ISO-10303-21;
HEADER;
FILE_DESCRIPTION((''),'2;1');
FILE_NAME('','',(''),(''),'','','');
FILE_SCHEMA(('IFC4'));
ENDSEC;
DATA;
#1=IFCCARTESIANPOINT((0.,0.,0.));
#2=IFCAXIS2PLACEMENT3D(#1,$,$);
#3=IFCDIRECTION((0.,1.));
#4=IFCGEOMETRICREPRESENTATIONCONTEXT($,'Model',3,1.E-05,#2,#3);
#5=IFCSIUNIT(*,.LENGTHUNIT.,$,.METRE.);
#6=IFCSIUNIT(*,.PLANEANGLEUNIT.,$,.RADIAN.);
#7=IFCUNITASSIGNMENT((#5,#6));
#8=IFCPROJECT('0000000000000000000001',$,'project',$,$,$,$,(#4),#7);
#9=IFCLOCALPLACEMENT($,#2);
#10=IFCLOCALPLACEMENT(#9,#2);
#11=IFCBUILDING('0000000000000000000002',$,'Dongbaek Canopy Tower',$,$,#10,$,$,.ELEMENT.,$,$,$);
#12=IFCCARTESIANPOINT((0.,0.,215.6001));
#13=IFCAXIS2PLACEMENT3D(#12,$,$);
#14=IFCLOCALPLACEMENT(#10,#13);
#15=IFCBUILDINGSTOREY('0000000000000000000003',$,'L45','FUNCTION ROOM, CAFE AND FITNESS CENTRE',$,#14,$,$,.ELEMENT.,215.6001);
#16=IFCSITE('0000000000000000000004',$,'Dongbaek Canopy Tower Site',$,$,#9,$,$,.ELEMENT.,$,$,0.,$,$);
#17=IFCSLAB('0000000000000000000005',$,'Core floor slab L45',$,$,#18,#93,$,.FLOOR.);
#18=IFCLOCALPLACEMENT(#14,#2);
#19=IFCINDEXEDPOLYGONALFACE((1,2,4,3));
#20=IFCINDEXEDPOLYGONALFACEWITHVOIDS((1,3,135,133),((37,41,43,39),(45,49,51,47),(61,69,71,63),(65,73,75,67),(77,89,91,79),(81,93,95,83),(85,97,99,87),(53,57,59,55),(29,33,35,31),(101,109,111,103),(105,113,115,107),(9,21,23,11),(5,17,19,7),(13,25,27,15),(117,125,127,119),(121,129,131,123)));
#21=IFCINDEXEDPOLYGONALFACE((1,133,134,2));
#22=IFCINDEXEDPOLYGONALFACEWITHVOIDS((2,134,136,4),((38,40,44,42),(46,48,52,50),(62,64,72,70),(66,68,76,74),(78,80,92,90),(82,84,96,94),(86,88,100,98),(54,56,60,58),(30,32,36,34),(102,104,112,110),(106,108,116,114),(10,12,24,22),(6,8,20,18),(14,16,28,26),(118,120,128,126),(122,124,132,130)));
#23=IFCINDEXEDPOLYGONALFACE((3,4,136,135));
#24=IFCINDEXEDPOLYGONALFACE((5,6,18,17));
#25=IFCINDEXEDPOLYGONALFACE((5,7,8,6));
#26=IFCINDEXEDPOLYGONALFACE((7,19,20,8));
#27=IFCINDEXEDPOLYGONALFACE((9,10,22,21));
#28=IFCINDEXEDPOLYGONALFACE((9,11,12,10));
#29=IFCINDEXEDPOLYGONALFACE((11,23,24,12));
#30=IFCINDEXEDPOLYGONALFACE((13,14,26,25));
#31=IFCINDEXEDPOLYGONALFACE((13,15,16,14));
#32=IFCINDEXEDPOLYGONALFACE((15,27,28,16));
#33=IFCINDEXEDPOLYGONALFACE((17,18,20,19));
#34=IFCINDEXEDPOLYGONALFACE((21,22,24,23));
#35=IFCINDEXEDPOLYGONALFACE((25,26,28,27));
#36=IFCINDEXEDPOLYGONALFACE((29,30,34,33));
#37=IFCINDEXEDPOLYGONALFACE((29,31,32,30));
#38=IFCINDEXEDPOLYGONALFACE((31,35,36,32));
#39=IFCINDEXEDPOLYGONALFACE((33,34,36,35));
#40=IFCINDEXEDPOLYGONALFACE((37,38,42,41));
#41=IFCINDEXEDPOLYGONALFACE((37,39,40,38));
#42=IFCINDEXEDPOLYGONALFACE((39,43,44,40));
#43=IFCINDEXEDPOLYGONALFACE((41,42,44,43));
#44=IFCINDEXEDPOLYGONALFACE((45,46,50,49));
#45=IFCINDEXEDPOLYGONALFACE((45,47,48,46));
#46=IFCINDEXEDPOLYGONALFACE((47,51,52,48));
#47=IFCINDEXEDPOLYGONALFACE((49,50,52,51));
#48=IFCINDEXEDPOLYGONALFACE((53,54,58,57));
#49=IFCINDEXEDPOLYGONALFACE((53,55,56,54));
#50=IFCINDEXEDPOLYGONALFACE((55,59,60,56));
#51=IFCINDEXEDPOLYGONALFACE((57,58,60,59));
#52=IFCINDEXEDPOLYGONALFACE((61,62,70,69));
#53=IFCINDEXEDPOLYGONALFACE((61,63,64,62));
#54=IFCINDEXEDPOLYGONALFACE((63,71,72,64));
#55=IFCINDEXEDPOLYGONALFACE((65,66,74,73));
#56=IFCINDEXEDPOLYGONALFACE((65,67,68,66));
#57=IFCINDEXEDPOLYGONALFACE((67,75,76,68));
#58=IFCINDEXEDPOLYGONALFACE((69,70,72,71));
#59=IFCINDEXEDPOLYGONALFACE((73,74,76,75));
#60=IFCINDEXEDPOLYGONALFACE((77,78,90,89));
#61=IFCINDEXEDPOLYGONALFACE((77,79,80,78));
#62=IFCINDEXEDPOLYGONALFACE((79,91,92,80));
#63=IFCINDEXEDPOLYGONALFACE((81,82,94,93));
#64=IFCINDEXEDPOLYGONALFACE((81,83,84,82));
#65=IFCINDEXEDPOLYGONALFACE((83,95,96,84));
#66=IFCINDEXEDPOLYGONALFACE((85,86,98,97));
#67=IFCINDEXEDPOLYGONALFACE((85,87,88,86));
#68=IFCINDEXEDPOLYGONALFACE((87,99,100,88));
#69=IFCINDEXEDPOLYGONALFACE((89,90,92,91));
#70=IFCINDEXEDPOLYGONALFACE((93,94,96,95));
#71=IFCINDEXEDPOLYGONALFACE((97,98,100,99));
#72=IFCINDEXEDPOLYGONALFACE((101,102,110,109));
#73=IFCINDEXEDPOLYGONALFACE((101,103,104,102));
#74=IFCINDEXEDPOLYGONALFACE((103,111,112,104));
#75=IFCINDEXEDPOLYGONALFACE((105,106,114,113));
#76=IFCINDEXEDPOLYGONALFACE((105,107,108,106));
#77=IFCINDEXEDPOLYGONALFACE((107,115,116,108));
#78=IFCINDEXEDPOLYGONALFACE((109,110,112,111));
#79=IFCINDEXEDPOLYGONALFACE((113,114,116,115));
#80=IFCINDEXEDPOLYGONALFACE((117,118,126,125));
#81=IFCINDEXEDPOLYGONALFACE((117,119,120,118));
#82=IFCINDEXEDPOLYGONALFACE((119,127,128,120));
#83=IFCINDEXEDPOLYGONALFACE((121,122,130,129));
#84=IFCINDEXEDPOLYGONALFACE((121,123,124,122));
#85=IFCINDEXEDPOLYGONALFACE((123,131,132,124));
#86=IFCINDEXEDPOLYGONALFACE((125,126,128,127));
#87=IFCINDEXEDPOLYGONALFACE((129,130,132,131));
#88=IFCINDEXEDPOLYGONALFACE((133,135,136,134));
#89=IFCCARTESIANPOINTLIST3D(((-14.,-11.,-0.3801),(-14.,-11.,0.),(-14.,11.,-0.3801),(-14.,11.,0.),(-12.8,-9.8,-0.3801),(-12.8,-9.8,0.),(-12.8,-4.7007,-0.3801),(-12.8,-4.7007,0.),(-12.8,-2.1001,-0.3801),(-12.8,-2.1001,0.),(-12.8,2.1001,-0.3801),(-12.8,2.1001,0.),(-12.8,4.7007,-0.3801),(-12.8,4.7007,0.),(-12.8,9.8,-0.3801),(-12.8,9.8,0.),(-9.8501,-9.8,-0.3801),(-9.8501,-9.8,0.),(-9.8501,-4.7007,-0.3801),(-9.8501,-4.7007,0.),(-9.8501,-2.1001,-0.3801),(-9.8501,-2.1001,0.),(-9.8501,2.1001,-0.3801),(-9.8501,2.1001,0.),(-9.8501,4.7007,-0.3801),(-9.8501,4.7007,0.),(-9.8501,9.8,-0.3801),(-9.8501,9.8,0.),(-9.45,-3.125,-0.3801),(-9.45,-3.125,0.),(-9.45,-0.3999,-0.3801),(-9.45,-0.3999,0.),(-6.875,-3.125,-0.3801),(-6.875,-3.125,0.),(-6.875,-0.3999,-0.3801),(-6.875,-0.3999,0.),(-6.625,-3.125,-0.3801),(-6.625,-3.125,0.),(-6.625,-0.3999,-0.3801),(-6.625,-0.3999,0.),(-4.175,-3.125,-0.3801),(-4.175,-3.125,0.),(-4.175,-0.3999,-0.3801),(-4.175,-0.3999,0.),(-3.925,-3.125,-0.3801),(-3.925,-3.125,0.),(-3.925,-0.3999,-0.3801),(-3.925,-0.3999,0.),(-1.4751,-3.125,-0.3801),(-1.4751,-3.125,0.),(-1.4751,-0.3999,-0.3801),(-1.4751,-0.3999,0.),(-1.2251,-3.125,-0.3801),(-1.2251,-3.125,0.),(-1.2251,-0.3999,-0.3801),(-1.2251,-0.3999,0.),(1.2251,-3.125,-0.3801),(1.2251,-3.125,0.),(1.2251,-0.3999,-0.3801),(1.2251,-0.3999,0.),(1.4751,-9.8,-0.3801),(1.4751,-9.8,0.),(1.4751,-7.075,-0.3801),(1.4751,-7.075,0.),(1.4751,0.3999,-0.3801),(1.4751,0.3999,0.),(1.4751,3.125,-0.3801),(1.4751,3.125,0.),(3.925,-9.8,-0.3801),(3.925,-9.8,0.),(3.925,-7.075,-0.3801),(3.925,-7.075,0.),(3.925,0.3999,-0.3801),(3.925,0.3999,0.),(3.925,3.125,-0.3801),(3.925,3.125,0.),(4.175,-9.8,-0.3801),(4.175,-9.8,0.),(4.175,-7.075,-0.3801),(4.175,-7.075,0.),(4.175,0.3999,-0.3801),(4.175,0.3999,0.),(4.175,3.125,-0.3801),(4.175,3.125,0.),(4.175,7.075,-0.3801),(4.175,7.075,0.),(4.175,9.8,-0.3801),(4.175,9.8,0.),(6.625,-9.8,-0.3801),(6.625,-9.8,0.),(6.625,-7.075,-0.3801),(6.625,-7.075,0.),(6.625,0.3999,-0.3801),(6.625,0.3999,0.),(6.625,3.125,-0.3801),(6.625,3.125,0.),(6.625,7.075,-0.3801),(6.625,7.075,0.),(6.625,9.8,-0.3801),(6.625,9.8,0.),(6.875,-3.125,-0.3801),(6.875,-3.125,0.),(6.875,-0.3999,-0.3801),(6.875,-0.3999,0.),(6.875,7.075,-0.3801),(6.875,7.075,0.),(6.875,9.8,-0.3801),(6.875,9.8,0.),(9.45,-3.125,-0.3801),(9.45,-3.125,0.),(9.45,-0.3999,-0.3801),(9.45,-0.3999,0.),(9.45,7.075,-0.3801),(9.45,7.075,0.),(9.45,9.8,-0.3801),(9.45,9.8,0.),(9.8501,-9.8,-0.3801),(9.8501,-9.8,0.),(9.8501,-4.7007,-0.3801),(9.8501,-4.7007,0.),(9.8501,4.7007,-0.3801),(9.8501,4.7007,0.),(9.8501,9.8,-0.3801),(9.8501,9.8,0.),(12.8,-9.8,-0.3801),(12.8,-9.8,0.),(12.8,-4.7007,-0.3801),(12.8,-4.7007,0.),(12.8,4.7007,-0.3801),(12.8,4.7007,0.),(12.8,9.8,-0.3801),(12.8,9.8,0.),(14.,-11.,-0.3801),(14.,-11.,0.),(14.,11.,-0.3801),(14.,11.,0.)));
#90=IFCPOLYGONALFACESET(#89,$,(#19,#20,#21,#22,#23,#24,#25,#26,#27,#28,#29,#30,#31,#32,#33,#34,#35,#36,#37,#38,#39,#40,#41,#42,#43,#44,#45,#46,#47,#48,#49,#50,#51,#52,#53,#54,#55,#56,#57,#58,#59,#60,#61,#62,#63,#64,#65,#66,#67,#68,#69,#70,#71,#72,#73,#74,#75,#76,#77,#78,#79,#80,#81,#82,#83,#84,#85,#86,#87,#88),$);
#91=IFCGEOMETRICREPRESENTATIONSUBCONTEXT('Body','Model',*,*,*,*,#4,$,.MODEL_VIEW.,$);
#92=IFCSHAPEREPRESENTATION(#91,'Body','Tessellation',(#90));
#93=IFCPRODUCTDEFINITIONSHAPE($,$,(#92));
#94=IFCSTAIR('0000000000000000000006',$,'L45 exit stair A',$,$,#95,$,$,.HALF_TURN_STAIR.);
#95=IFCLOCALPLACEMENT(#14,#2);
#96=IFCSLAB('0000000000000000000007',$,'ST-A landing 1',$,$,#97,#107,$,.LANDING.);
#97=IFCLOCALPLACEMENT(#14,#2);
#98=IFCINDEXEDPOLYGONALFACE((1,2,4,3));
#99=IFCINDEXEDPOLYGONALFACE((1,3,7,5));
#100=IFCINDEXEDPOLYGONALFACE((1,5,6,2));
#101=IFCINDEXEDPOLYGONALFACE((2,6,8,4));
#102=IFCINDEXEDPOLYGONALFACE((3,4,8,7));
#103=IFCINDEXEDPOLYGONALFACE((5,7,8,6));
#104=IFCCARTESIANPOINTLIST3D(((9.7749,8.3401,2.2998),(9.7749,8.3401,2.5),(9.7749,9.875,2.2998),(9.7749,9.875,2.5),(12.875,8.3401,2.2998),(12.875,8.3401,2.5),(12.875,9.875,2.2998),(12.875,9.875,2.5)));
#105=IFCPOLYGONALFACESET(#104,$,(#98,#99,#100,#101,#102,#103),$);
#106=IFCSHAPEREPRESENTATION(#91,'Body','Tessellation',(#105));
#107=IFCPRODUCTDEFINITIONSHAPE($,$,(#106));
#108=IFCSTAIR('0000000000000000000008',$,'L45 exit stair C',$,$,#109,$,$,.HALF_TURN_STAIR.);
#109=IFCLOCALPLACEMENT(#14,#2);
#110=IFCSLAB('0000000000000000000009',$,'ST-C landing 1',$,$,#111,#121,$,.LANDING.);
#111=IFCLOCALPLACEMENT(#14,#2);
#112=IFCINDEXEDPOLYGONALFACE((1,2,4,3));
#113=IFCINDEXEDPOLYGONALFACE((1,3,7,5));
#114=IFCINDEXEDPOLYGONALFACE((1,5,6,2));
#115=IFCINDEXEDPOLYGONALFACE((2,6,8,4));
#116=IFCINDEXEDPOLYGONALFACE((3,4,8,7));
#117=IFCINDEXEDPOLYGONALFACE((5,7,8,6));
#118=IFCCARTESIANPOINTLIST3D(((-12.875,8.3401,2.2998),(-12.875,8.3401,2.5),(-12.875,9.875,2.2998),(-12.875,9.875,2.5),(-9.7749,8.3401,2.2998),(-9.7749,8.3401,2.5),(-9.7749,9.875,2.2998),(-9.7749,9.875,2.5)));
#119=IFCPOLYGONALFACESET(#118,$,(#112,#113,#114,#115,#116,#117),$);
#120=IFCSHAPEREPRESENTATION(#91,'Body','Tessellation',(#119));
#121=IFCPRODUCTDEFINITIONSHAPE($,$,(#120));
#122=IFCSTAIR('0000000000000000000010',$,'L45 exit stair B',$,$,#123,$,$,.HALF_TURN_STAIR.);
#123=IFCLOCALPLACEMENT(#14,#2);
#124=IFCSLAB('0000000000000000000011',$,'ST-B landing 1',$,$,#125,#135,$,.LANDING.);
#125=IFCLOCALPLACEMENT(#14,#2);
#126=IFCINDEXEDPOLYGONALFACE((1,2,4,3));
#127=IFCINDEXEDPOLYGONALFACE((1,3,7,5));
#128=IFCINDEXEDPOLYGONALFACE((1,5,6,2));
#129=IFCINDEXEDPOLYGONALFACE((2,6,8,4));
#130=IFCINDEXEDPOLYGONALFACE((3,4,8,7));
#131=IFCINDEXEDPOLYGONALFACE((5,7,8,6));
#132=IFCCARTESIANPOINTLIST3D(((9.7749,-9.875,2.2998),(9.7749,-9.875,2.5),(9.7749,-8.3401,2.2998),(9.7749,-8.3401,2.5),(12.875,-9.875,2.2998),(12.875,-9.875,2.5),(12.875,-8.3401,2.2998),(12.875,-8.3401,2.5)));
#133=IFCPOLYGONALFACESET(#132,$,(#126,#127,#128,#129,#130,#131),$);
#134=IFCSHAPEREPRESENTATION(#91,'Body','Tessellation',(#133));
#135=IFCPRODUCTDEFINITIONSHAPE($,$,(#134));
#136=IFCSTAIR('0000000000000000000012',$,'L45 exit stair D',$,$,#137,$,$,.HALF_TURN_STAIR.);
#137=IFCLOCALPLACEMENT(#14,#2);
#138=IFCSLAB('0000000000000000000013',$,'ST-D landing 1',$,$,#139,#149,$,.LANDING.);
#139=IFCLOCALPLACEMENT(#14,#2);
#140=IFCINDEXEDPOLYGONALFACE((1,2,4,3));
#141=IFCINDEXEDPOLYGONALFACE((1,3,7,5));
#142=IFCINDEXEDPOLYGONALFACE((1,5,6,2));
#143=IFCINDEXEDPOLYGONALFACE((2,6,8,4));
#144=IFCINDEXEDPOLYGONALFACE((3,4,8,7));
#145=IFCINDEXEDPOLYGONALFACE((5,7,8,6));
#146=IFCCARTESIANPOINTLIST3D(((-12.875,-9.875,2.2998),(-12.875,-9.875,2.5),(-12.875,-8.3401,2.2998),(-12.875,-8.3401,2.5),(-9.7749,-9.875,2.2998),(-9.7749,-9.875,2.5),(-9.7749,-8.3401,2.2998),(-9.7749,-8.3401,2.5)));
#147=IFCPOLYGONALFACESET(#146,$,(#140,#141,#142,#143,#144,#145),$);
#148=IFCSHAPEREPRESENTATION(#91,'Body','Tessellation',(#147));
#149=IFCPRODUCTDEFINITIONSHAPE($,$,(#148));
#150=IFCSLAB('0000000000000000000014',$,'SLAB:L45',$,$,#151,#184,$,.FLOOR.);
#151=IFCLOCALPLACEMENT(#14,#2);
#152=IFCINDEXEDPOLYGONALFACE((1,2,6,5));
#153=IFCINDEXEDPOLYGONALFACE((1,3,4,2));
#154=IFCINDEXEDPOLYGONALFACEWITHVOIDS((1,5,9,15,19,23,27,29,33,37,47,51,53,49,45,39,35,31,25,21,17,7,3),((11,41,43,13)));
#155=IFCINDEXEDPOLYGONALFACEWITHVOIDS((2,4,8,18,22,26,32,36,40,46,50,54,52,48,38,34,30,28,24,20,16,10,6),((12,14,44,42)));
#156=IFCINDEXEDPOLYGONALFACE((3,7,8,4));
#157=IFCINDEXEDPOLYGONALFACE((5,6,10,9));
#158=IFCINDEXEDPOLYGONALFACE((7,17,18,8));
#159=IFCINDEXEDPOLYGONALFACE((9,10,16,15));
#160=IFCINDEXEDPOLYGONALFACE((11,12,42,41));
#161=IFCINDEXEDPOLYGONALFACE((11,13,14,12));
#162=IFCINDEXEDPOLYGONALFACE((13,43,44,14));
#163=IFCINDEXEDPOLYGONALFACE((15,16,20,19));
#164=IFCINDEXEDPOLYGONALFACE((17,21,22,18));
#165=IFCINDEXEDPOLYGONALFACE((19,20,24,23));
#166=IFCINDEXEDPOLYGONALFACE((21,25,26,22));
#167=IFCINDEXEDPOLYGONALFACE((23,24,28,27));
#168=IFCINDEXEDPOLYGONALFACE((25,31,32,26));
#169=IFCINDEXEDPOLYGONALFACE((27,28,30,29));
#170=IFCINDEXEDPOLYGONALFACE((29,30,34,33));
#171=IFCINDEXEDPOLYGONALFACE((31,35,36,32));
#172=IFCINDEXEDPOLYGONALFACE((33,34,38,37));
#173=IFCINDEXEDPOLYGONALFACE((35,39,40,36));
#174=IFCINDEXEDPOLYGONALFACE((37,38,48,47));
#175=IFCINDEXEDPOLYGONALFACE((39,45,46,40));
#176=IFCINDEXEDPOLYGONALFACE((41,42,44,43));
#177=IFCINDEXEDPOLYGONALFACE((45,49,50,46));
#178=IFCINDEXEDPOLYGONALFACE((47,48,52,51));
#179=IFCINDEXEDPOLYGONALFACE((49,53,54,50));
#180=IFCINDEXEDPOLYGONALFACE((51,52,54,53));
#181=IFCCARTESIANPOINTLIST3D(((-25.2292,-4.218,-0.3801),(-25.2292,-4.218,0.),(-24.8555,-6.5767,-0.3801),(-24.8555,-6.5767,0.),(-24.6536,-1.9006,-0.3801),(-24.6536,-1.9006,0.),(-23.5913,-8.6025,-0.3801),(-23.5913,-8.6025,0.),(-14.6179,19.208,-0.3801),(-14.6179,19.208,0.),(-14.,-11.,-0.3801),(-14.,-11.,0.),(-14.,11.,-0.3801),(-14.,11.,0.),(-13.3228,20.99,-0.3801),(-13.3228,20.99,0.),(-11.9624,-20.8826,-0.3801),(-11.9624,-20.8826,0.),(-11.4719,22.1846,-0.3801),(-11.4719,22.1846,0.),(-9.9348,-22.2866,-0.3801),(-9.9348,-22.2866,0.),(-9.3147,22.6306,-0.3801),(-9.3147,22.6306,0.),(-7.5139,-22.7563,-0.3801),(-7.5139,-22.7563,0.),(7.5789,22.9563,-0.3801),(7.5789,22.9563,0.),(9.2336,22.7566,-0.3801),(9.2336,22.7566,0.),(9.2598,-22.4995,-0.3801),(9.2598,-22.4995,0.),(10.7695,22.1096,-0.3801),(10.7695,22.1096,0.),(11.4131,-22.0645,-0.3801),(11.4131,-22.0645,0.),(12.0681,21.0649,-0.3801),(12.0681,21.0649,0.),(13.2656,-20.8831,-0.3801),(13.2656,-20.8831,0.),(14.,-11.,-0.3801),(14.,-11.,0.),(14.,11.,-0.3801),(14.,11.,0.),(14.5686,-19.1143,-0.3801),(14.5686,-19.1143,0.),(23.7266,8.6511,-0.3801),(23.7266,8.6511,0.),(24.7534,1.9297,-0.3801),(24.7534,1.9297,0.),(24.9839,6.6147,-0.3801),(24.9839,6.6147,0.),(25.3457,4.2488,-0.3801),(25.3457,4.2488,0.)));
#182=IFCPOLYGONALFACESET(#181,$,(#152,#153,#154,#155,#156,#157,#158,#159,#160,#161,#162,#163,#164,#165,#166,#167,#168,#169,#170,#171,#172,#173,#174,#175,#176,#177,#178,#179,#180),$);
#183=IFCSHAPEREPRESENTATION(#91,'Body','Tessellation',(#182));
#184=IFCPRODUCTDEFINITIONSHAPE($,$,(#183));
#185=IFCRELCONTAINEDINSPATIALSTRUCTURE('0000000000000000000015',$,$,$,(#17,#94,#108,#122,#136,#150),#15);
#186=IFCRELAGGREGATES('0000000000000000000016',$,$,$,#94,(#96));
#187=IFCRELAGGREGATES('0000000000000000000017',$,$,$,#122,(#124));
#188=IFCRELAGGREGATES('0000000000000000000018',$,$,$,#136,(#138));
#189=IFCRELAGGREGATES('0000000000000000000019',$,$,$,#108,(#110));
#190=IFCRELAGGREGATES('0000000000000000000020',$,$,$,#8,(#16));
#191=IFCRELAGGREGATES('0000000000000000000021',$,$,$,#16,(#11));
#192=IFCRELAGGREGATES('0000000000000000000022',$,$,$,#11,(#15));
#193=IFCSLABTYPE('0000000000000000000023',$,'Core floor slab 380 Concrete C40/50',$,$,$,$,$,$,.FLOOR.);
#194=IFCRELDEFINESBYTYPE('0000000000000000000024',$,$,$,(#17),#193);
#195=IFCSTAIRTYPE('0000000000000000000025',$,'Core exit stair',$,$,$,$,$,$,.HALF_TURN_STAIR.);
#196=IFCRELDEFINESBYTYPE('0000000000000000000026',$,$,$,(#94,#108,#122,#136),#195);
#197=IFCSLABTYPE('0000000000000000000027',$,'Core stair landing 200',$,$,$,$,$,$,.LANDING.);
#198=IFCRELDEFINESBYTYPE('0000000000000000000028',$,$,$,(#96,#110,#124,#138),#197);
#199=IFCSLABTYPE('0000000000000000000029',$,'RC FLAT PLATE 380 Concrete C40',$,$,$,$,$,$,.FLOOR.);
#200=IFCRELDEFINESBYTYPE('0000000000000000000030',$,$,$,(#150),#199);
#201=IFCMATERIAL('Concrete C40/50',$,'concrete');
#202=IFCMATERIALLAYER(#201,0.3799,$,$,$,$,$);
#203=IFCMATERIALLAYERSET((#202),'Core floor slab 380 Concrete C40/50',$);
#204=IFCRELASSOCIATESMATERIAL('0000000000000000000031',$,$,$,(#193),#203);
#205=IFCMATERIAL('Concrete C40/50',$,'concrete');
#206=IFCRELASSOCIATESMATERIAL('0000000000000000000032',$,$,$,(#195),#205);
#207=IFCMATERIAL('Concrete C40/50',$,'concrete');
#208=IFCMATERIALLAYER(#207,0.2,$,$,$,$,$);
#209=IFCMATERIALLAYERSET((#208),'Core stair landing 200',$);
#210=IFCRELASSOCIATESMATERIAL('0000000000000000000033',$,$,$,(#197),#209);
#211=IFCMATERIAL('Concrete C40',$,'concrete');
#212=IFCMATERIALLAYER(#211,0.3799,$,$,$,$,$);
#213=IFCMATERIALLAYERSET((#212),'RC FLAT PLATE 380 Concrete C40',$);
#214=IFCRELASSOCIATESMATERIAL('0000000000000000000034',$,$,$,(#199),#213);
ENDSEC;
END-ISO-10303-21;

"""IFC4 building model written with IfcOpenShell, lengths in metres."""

from ifc_helpers import new_model, si_unit, direction, frame, origin, place, context, subcontext, project, spatial, polyline, outline, extrude, material, layer, layer_set, type_object, element, aggregate, save


model = new_model("IFC4")

# Units and contexts
model_context = context("Model", 3, precision=1e-05, world=origin(), true_north=direction((0.0, 1.0)))
body_context = subcontext(model_context, "Body", "Model", "MODEL_VIEW")
ifc_project = project(units=[si_unit("LENGTHUNIT", "METRE"), si_unit("PLANEANGLEUNIT", "RADIAN")], contexts=[model_context])

# Site, building, storey
site_placement = place(None, origin())
site = spatial("IfcSite", under=ifc_project, at=site_placement, Name="Dongbaek Canopy Tower Site", CompositionType="ELEMENT", RefElevation=0.0)
building_placement = place(site_placement, origin())
building = spatial("IfcBuilding", under=site, at=building_placement, Name="Dongbaek Canopy Tower", CompositionType="ELEMENT")
storey_placement = place(building_placement, frame((0.0, 0.0, 215.6001)))
storey = spatial("IfcBuildingStorey", under=building, at=storey_placement, Name="L45", Description="FUNCTION ROOM, CAFE AND FITNESS CENTRE", CompositionType="ELEMENT", Elevation=215.6001)

# Slab
ifc_material_1 = material(Name="Concrete C40/50", Category="concrete")
ifc_layer_1 = layer(ifc_material_1, 0.3799)
ifc_layer_set_1 = layer_set([ifc_layer_1], Name="Core floor slab 380 Concrete C40/50")
slab_type_1 = type_object("IfcSlabType", Name="Core floor slab 380 Concrete C40/50", PredefinedType="FLOOR", material=ifc_layer_set_1)
slab_1_placement = place(storey_placement, frame((0.0, 0.0, -0.3801)))
element("IfcSlab", 1, at=slab_1_placement, inside=storey, type_object=slab_type_1, Name="Core floor slab L45", PredefinedType="FLOOR", context=body_context, shape_type="SweptSolid", body=[
    extrude(outline(polyline([(14.0, -11.0), (14.0, 11.0), (-14.0, 11.0), (-14.0, -11.0), (14.0, -11.0)]), holes=[polyline([(-12.8, 2.1001), (-9.8501, 2.1001), (-9.8501, -2.1001), (-12.8, -2.1001), (-12.8, 2.1001)]), polyline([(6.625, 9.8), (6.625, 7.075), (4.175, 7.075), (4.175, 9.8), (6.625, 9.8)]), polyline([(9.45, 7.075), (6.875, 7.075), (6.875, 9.8), (9.45, 9.8), (9.45, 7.075)]), polyline([(1.4751, 0.3999), (1.4751, 3.125), (3.925, 3.125), (3.925, 0.3999), (1.4751, 0.3999)]), polyline([(4.175, 0.3999), (4.175, 3.125), (6.625, 3.125), (6.625, 0.3999), (4.175, 0.3999)]), polyline([(-9.45, -0.3999), (-6.875, -0.3999), (-6.875, -3.125), (-9.45, -3.125), (-9.45, -0.3999)]), polyline([(-6.625, -3.125), (-6.625, -0.3999), (-4.175, -0.3999), (-4.175, -3.125), (-6.625, -3.125)]), polyline([(-3.925, -3.125), (-3.925, -0.3999), (-1.4751, -0.3999), (-1.4751, -3.125), (-3.925, -3.125)]), polyline([(-1.2251, -3.125), (-1.2251, -0.3999), (1.2251, -0.3999), (1.2251, -3.125), (-1.2251, -3.125)]), polyline([(9.45, -3.125), (6.875, -3.125), (6.875, -0.3999), (9.45, -0.3999), (9.45, -3.125)]), polyline([(1.4751, -9.8), (1.4751, -7.075), (3.925, -7.075), (3.925, -9.8), (1.4751, -9.8)]), polyline([(4.175, -9.8), (4.175, -7.075), (6.625, -7.075), (6.625, -9.8), (4.175, -9.8)]), polyline([(12.8, 4.7007), (12.8, 9.8), (9.8501, 9.8), (9.8501, 4.7007), (12.8, 4.7007)]), polyline([(-9.8501, 4.7007), (-9.8501, 9.8), (-12.8, 9.8), (-12.8, 4.7007), (-9.8501, 4.7007)]), polyline([(9.8501, -4.7007), (9.8501, -9.8), (12.8, -9.8), (12.8, -4.7007), (9.8501, -4.7007)]), polyline([(-12.8, -4.7007), (-12.8, -9.8), (-9.8501, -9.8), (-9.8501, -4.7007), (-12.8, -4.7007)])]), origin(), (0.0, 0.0, 1.0), 0.3801),
])

# Stairs, slabs
ifc_material_2 = material(Name="Concrete C40/50", Category="concrete")
stair_type = type_object("IfcStairType", Name="Core exit stair", PredefinedType="HALF_TURN_STAIR", material=ifc_material_2)
stair_1_placement = place(storey_placement, origin())
stair_1 = element("IfcStair", 2, at=stair_1_placement, inside=storey, type_object=stair_type, Name="L45 exit stair A", PredefinedType="HALF_TURN_STAIR")
ifc_material_3 = material(Name="Concrete C40/50", Category="concrete")
ifc_layer_2 = layer(ifc_material_3, 0.2)
ifc_layer_set_2 = layer_set([ifc_layer_2], Name="Core stair landing 200")
slab_type_2 = type_object("IfcSlabType", Name="Core stair landing 200", PredefinedType="LANDING", material=ifc_layer_set_2)
slab_2_placement = place(storey_placement, frame((0.0, 0.0, 2.2998)))
slab_2 = element("IfcSlab", 3, at=slab_2_placement, type_object=slab_type_2, Name="ST-A landing 1", PredefinedType="LANDING", context=body_context, shape_type="SweptSolid", body=[
    extrude(outline(polyline([(12.875, 8.3401), (12.875, 9.875), (9.7749, 9.875), (9.7749, 8.3401), (12.875, 8.3401)])), origin(), (0.0, 0.0, 1.0), 0.2002),
])
aggregate(stair_1, [slab_2])
stair_2_placement = place(storey_placement, origin())
stair_2 = element("IfcStair", 4, at=stair_2_placement, inside=storey, type_object=stair_type, Name="L45 exit stair C", PredefinedType="HALF_TURN_STAIR")
slab_3_placement = place(storey_placement, frame((0.0, 0.0, 2.2998)))
slab_3 = element("IfcSlab", 5, at=slab_3_placement, type_object=slab_type_2, Name="ST-C landing 1", PredefinedType="LANDING", context=body_context, shape_type="SweptSolid", body=[
    extrude(outline(polyline([(-9.7749, 8.3401), (-9.7749, 9.875), (-12.875, 9.875), (-12.875, 8.3401), (-9.7749, 8.3401)])), origin(), (0.0, 0.0, 1.0), 0.2002),
])
stair_3_placement = place(storey_placement, origin())
stair_3 = element("IfcStair", 6, at=stair_3_placement, inside=storey, type_object=stair_type, Name="L45 exit stair B", PredefinedType="HALF_TURN_STAIR")
slab_4_placement = place(storey_placement, frame((0.0, 0.0, 2.2998)))
slab_4 = element("IfcSlab", 7, at=slab_4_placement, type_object=slab_type_2, Name="ST-B landing 1", PredefinedType="LANDING", context=body_context, shape_type="SweptSolid", body=[
    extrude(outline(polyline([(9.7749, -8.3401), (9.7749, -9.875), (12.875, -9.875), (12.875, -8.3401), (9.7749, -8.3401)])), origin(), (0.0, 0.0, 1.0), 0.2002),
])
aggregate(stair_3, [slab_4])
stair_4_placement = place(storey_placement, origin())
stair_4 = element("IfcStair", 8, at=stair_4_placement, inside=storey, type_object=stair_type, Name="L45 exit stair D", PredefinedType="HALF_TURN_STAIR")
slab_5_placement = place(storey_placement, frame((0.0, 0.0, 2.2998)))
slab_5 = element("IfcSlab", 9, at=slab_5_placement, type_object=slab_type_2, Name="ST-D landing 1", PredefinedType="LANDING", context=body_context, shape_type="SweptSolid", body=[
    extrude(outline(polyline([(-12.875, -8.3401), (-12.875, -9.875), (-9.7749, -9.875), (-9.7749, -8.3401), (-12.875, -8.3401)])), origin(), (0.0, 0.0, 1.0), 0.2002),
])
aggregate(stair_4, [slab_5])

# Slab
ifc_material_4 = material(Name="Concrete C40", Category="concrete")
ifc_layer_3 = layer(ifc_material_4, 0.3799)
ifc_layer_set_3 = layer_set([ifc_layer_3], Name="RC FLAT PLATE 380 Concrete C40")
slab_type_3 = type_object("IfcSlabType", Name="RC FLAT PLATE 380 Concrete C40", PredefinedType="FLOOR", material=ifc_layer_set_3)
slab_6_placement = place(storey_placement, frame((0.0, 0.0, -0.3801)))
element("IfcSlab", 10, at=slab_6_placement, inside=storey, type_object=slab_type_3, Name="SLAB:L45", PredefinedType="FLOOR", context=body_context, shape_type="SweptSolid", body=[
    extrude(outline(polyline([(14.5686, -19.1143), (13.2656, -20.8831), (11.4131, -22.0645), (9.2598, -22.4995), (-7.5139, -22.7563), (-9.9348, -22.2866), (-11.9624, -20.8826), (-23.5913, -8.6025), (-24.8555, -6.5767), (-25.2292, -4.218), (-24.6536, -1.9006), (-14.6179, 19.208), (-13.3228, 20.99), (-11.4719, 22.1846), (-9.3147, 22.6306), (7.5789, 22.9563), (9.2336, 22.7566), (10.7695, 22.1096), (12.0681, 21.0649), (23.7266, 8.6511), (24.9839, 6.6147), (25.3457, 4.2488), (24.7534, 1.9297), (14.5686, -19.1143)]), holes=[polyline([(14.0, 11.0), (-14.0, 11.0), (-14.0, -11.0), (14.0, -11.0), (14.0, 11.0)])]), origin(), (0.0, 0.0, 1.0), 0.3801),
])

aggregate(stair_2, [slab_3])

save(model, "model.ifc")
